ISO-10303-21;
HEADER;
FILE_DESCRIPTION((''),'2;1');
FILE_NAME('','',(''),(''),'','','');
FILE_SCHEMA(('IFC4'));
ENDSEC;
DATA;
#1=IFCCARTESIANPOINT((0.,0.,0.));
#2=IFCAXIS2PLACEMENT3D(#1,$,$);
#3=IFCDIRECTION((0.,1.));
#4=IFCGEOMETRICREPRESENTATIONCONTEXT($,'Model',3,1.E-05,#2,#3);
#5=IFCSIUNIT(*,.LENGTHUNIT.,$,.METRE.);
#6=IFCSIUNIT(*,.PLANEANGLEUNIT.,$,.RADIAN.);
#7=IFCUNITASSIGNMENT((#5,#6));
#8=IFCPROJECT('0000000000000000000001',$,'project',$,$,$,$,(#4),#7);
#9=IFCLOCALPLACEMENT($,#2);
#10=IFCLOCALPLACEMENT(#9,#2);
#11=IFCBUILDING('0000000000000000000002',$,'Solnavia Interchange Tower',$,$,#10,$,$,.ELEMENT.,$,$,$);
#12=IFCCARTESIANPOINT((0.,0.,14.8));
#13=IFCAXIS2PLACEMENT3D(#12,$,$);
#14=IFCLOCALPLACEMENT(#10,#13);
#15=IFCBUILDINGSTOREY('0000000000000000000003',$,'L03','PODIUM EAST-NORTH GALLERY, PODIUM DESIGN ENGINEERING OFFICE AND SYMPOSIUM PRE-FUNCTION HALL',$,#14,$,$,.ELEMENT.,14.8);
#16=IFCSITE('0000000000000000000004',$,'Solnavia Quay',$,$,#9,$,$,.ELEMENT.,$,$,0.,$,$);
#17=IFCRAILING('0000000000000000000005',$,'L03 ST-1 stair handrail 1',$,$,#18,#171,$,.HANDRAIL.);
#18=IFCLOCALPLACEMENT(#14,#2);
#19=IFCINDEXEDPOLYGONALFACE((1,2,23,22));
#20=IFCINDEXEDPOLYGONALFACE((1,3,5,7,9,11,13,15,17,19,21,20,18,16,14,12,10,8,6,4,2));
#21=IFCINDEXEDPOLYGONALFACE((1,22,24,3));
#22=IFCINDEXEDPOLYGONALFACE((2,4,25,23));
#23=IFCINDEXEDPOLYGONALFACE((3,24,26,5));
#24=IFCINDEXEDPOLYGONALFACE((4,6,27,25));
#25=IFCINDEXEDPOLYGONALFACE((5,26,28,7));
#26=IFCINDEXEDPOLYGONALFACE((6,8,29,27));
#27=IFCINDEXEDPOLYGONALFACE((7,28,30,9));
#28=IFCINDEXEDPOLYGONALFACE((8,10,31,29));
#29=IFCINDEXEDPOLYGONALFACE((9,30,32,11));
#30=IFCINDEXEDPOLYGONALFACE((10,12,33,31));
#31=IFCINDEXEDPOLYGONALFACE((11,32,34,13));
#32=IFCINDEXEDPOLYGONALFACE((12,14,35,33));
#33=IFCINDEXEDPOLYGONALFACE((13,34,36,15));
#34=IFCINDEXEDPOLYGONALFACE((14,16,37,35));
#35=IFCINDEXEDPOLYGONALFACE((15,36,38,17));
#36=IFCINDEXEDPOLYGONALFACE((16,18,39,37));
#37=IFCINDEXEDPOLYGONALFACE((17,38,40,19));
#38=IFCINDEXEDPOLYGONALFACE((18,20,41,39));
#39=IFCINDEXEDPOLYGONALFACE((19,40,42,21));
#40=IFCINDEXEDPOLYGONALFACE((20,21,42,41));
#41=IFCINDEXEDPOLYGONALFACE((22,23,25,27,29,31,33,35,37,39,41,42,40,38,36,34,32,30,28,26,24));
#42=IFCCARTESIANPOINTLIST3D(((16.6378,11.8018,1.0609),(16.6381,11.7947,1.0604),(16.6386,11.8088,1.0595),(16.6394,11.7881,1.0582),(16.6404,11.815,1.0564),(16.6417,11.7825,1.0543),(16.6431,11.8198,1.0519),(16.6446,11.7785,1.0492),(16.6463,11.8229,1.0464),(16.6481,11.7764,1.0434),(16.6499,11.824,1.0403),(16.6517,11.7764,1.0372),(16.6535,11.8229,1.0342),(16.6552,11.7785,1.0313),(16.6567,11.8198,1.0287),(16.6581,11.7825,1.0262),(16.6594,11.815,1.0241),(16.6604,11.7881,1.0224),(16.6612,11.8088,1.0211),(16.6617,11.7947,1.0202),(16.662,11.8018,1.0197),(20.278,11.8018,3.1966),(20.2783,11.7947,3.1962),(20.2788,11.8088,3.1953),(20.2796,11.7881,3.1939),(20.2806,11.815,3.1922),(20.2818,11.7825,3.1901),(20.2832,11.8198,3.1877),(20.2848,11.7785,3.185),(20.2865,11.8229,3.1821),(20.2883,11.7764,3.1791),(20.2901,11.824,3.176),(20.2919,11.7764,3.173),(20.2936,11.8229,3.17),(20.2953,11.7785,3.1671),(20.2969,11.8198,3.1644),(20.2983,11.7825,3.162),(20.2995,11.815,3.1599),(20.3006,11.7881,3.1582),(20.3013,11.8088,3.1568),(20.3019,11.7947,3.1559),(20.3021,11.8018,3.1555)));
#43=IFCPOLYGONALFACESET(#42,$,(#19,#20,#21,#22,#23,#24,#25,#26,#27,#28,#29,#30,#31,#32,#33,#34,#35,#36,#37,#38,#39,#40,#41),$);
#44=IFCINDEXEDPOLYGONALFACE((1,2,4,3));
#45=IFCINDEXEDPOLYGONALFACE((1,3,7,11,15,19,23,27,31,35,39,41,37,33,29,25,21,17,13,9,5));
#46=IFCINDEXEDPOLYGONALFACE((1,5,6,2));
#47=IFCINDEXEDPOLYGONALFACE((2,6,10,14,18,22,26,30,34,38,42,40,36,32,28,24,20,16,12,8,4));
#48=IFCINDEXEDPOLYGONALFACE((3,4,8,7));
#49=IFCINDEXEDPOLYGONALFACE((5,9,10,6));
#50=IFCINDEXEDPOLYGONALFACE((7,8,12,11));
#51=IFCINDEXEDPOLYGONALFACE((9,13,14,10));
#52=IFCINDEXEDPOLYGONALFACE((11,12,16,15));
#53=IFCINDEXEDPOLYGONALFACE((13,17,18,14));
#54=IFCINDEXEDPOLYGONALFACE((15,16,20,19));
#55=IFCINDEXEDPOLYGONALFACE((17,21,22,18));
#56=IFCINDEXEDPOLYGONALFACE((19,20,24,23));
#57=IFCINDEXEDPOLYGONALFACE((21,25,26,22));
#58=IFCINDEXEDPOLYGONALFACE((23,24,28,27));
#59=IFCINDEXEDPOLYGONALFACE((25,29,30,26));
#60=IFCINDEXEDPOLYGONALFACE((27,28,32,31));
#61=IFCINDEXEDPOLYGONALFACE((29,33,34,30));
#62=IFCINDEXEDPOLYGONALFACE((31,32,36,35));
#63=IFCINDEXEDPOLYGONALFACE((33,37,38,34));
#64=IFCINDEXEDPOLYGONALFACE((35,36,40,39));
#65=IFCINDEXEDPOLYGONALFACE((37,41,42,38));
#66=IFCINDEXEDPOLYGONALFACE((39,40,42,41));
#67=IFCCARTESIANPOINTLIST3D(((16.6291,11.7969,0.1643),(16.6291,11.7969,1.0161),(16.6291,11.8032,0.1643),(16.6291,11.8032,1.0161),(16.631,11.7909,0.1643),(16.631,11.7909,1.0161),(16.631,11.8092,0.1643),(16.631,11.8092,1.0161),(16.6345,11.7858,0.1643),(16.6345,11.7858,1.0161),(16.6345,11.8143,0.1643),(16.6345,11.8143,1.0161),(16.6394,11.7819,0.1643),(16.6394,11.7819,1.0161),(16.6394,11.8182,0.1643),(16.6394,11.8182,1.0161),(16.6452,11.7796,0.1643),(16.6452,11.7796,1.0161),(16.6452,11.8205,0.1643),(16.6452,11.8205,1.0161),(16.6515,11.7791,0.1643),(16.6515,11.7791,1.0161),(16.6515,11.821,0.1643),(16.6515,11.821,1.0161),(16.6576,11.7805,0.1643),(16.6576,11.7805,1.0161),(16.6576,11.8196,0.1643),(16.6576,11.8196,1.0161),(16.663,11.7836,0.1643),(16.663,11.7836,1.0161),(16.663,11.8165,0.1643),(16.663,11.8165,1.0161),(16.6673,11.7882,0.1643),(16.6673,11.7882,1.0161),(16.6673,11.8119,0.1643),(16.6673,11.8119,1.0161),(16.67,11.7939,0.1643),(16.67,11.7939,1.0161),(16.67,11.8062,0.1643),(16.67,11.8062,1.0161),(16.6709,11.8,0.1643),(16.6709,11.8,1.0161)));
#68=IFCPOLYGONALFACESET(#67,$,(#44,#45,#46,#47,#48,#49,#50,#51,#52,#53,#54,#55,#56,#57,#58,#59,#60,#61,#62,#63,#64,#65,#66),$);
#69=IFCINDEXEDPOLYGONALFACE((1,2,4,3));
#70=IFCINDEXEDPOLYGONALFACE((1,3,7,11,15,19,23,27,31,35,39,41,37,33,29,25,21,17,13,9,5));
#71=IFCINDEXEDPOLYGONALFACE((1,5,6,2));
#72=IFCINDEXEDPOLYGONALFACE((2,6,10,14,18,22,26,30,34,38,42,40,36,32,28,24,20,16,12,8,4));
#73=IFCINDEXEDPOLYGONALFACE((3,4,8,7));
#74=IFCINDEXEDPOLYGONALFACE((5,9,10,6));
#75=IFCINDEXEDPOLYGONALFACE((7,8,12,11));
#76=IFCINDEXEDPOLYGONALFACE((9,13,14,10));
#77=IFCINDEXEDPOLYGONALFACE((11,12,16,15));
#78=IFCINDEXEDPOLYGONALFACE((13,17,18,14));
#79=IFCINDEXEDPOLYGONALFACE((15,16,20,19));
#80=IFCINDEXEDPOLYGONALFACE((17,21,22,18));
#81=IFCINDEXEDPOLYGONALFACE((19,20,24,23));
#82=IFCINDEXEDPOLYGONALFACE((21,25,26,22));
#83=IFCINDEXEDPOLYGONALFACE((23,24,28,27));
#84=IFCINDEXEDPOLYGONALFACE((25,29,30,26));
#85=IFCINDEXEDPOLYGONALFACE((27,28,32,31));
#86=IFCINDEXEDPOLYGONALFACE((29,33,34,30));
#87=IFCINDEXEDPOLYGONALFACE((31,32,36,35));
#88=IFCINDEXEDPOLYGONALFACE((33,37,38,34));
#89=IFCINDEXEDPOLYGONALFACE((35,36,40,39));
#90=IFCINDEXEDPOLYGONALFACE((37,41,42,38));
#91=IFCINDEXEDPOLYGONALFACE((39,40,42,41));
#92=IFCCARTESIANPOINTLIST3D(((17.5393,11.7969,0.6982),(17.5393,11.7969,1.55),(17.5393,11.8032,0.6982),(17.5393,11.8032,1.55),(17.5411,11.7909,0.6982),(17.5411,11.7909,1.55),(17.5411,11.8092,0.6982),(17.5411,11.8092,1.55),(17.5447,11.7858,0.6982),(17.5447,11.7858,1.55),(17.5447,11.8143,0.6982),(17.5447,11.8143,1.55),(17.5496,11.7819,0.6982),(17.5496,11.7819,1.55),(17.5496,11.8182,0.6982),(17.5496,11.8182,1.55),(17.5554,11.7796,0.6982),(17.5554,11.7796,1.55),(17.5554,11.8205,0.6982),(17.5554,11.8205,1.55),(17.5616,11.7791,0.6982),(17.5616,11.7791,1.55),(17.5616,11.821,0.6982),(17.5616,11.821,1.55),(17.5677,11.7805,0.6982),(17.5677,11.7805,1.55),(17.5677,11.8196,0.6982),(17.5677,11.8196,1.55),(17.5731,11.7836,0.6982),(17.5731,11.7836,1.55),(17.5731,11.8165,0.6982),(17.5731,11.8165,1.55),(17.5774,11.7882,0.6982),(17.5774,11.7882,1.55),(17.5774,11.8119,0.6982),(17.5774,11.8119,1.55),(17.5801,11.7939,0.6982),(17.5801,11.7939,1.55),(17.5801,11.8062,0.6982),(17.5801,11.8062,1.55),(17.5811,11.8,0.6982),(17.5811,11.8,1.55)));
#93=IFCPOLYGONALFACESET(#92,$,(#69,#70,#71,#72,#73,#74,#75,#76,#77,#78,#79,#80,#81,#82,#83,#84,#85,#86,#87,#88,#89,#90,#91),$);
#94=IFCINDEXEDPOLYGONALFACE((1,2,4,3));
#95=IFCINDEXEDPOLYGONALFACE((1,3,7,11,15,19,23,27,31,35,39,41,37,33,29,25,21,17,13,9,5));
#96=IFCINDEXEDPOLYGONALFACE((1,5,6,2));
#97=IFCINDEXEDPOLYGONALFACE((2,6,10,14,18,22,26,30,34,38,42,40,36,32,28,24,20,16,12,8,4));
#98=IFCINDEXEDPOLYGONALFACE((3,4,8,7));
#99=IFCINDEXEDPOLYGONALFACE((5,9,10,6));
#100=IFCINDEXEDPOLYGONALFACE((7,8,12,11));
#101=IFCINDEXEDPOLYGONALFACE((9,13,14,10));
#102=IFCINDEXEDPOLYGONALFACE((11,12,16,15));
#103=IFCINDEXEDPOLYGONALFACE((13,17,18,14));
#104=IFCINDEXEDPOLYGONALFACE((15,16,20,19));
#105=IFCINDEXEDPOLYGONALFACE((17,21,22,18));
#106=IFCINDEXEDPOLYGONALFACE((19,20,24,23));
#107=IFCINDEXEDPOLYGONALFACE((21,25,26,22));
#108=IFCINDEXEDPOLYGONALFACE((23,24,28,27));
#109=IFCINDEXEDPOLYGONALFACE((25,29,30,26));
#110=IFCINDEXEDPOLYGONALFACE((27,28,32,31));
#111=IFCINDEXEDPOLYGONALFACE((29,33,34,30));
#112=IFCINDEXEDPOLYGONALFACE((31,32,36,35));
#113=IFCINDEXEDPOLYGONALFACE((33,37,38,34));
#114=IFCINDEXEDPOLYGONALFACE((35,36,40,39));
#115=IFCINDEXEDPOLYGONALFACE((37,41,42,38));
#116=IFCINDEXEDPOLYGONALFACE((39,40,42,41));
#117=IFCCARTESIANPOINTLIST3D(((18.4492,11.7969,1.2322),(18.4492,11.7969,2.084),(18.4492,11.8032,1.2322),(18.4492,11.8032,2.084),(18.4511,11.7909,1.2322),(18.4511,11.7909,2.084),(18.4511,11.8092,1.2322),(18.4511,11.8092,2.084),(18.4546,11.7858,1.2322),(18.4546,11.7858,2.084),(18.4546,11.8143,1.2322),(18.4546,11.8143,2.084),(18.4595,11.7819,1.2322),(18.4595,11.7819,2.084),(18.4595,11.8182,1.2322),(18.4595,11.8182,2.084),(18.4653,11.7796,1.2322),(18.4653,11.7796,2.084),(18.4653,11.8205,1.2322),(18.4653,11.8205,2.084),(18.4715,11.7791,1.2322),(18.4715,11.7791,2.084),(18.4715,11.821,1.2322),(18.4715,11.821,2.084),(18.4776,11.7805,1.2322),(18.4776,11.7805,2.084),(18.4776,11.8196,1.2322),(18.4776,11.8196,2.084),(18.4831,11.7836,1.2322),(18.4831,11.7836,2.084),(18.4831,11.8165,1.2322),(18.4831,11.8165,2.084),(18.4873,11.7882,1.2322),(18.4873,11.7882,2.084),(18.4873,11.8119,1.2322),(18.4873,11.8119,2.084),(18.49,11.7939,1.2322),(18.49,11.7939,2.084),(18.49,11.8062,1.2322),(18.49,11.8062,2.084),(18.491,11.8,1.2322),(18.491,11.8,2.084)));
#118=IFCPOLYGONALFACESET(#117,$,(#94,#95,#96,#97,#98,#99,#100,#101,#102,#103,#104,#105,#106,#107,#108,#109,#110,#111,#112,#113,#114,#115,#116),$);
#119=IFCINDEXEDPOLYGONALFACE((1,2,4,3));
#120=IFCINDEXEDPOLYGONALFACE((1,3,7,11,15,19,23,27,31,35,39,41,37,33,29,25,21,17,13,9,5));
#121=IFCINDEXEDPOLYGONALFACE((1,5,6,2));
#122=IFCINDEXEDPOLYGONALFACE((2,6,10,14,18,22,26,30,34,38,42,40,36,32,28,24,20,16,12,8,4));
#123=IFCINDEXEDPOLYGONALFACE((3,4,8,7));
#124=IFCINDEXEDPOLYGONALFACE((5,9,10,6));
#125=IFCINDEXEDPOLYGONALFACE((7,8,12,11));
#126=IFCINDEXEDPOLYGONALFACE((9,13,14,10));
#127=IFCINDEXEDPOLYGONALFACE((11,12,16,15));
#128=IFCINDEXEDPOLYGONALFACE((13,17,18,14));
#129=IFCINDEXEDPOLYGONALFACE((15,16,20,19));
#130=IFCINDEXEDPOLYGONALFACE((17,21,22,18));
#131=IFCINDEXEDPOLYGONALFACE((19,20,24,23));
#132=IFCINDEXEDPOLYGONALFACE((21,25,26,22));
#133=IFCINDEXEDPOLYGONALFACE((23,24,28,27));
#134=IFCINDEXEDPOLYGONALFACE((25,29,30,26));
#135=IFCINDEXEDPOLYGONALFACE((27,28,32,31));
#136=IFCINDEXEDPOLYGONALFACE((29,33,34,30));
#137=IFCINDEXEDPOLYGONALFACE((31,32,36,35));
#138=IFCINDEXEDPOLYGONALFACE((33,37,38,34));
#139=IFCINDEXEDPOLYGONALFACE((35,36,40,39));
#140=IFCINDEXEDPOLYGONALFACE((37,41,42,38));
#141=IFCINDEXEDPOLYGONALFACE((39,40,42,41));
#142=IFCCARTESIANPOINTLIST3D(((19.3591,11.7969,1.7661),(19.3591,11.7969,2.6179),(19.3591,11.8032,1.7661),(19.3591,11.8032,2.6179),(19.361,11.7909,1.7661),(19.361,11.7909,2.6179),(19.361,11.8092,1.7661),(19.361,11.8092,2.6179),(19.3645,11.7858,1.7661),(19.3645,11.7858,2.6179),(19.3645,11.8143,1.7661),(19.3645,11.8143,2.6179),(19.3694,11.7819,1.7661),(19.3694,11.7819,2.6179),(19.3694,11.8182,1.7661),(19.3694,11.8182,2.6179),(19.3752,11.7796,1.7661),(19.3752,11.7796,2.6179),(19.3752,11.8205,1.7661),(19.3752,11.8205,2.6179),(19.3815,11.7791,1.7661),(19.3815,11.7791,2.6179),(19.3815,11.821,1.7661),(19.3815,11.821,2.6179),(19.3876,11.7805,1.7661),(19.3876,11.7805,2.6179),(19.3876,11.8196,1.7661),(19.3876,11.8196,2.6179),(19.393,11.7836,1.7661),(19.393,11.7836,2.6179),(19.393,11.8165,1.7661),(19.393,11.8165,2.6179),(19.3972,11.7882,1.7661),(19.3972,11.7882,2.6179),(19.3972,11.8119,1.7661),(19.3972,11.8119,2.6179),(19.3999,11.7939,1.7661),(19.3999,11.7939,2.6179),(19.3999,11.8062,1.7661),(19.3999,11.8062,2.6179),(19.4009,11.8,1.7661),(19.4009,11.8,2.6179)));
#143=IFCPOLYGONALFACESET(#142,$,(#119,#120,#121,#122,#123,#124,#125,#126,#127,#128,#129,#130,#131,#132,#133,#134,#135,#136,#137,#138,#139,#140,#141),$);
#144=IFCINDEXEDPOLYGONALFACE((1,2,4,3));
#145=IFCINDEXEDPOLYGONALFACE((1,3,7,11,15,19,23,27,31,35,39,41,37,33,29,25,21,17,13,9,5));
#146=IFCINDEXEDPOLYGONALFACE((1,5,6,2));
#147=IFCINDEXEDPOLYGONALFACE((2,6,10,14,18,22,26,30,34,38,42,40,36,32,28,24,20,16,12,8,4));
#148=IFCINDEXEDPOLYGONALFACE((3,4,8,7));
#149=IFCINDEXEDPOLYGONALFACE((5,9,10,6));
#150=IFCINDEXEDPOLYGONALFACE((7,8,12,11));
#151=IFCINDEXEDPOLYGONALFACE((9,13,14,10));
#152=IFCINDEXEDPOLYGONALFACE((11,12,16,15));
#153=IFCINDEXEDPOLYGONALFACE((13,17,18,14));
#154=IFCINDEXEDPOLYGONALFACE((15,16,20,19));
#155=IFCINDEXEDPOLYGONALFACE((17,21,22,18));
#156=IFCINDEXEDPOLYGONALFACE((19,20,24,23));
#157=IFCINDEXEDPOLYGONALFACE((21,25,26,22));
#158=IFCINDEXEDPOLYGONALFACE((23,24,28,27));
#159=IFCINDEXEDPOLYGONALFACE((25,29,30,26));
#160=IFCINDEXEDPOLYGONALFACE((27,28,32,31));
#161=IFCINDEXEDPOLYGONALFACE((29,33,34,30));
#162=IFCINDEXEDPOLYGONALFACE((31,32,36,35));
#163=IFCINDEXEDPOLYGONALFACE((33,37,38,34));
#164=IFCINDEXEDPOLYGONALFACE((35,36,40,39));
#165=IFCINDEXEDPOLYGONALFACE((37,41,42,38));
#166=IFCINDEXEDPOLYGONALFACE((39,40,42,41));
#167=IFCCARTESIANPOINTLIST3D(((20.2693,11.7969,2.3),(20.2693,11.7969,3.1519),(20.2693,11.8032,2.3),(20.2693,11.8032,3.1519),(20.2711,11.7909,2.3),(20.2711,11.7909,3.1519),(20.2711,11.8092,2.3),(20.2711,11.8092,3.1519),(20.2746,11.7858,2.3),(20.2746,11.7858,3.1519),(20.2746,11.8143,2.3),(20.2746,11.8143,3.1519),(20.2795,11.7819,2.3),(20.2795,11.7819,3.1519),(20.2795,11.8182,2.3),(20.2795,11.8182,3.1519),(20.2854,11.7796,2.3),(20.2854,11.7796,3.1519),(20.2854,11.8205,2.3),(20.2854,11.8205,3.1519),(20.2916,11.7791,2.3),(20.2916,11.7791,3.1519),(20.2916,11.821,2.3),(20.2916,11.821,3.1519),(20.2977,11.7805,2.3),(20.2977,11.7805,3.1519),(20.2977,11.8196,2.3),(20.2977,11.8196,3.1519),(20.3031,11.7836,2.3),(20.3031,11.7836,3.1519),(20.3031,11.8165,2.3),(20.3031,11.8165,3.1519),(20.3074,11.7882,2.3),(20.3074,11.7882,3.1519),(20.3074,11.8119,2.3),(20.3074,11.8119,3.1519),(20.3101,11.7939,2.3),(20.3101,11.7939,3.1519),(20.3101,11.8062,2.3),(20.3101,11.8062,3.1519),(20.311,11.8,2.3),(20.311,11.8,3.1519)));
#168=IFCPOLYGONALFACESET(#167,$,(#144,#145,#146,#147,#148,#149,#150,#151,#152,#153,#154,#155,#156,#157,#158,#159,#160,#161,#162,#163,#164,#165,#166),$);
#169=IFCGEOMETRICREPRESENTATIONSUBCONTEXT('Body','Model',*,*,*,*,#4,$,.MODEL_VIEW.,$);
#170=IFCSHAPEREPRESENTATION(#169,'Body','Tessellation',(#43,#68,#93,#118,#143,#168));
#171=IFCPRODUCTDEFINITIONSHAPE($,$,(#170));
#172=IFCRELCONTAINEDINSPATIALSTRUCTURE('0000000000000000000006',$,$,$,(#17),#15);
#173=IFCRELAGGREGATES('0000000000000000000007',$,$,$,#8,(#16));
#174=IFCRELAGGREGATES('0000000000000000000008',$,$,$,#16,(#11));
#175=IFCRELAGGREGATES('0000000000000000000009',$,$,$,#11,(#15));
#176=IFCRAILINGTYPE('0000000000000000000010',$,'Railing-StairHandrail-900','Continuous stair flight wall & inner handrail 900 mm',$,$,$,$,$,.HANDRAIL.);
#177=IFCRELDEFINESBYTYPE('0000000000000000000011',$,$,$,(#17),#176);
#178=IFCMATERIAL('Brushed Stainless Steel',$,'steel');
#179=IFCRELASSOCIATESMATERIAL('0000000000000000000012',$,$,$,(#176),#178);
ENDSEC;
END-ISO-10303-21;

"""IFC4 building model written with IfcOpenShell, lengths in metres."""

from ifc_helpers import new_model, si_unit, direction, frame, origin, origin_2d, place, context, subcontext, project, spatial, circle, extrude, material, type_object, element, save


model = new_model("IFC4")

# Units and contexts
model_context = context("Model", 3, precision=1e-05, world=origin(), true_north=direction((0.0, 1.0)))
body_context = subcontext(model_context, "Body", "Model", "MODEL_VIEW")
ifc_project = project(units=[si_unit("LENGTHUNIT", "METRE"), si_unit("PLANEANGLEUNIT", "RADIAN")], contexts=[model_context])

# Site, building, storey
site_placement = place(None, origin())
site = spatial("IfcSite", under=ifc_project, at=site_placement, Name="Solnavia Quay", CompositionType="ELEMENT", RefElevation=0.0)
building_placement = place(site_placement, origin())
building = spatial("IfcBuilding", under=site, at=building_placement, Name="Solnavia Interchange Tower", CompositionType="ELEMENT")
storey_placement = place(building_placement, frame((0.0, 0.0, 14.8)))
storey = spatial("IfcBuildingStorey", under=building, at=storey_placement, Name="L03", Description="PODIUM EAST-NORTH GALLERY, PODIUM DESIGN ENGINEERING OFFICE AND SYMPOSIUM PRE-FUNCTION HALL", CompositionType="ELEMENT", Elevation=14.8)

# Railing
ifc_material_1 = material(Name="Brushed Stainless Steel", Category="steel")
railing_type_1 = type_object("IfcRailingType", Name="Railing-StairHandrail-900", Description="Continuous stair flight wall & inner handrail 900 mm", PredefinedType="HANDRAIL", material=ifc_material_1)
railing_1_placement = place(storey_placement, frame((16.6499, 11.8, 0.1643)))
element("IfcRailing", 1, at=railing_1_placement, inside=storey, type_object=railing_type_1, Name="L03 ST-1 stair handrail 1", PredefinedType="HANDRAIL", context=body_context, shape_type="SweptSolid", body=[
    extrude(circle(Radius=0.0239, at=origin_2d()), frame((0.0, 0.0, 0.876), z_axis=(0.862505, 0.0, 0.506049), x_axis=(0.0, 1.0, 0.0)), (0.0, 0.0, 1.0), 4.2205),
    extrude(circle(Radius=0.021, at=origin_2d()), origin(), (0.0, 0.0, 1.0), 0.8518),
    extrude(circle(Radius=0.021, at=origin_2d()), frame((0.9102, 0.0, 0.5339)), (0.0, 0.0, 1.0), 0.8518),
    extrude(circle(Radius=0.021, at=origin_2d()), frame((1.8201, 0.0, 1.0679)), (0.0, 0.0, 1.0), 0.8518),
    extrude(circle(Radius=0.021, at=origin_2d()), frame((2.73, 0.0, 1.6018)), (0.0, 0.0, 1.0), 0.8518),
    extrude(circle(Radius=0.021, at=origin_2d()), frame((3.6401, 0.0, 2.1357)), (0.0, 0.0, 1.0), 0.8518),
])

save(model, "model.ifc")
